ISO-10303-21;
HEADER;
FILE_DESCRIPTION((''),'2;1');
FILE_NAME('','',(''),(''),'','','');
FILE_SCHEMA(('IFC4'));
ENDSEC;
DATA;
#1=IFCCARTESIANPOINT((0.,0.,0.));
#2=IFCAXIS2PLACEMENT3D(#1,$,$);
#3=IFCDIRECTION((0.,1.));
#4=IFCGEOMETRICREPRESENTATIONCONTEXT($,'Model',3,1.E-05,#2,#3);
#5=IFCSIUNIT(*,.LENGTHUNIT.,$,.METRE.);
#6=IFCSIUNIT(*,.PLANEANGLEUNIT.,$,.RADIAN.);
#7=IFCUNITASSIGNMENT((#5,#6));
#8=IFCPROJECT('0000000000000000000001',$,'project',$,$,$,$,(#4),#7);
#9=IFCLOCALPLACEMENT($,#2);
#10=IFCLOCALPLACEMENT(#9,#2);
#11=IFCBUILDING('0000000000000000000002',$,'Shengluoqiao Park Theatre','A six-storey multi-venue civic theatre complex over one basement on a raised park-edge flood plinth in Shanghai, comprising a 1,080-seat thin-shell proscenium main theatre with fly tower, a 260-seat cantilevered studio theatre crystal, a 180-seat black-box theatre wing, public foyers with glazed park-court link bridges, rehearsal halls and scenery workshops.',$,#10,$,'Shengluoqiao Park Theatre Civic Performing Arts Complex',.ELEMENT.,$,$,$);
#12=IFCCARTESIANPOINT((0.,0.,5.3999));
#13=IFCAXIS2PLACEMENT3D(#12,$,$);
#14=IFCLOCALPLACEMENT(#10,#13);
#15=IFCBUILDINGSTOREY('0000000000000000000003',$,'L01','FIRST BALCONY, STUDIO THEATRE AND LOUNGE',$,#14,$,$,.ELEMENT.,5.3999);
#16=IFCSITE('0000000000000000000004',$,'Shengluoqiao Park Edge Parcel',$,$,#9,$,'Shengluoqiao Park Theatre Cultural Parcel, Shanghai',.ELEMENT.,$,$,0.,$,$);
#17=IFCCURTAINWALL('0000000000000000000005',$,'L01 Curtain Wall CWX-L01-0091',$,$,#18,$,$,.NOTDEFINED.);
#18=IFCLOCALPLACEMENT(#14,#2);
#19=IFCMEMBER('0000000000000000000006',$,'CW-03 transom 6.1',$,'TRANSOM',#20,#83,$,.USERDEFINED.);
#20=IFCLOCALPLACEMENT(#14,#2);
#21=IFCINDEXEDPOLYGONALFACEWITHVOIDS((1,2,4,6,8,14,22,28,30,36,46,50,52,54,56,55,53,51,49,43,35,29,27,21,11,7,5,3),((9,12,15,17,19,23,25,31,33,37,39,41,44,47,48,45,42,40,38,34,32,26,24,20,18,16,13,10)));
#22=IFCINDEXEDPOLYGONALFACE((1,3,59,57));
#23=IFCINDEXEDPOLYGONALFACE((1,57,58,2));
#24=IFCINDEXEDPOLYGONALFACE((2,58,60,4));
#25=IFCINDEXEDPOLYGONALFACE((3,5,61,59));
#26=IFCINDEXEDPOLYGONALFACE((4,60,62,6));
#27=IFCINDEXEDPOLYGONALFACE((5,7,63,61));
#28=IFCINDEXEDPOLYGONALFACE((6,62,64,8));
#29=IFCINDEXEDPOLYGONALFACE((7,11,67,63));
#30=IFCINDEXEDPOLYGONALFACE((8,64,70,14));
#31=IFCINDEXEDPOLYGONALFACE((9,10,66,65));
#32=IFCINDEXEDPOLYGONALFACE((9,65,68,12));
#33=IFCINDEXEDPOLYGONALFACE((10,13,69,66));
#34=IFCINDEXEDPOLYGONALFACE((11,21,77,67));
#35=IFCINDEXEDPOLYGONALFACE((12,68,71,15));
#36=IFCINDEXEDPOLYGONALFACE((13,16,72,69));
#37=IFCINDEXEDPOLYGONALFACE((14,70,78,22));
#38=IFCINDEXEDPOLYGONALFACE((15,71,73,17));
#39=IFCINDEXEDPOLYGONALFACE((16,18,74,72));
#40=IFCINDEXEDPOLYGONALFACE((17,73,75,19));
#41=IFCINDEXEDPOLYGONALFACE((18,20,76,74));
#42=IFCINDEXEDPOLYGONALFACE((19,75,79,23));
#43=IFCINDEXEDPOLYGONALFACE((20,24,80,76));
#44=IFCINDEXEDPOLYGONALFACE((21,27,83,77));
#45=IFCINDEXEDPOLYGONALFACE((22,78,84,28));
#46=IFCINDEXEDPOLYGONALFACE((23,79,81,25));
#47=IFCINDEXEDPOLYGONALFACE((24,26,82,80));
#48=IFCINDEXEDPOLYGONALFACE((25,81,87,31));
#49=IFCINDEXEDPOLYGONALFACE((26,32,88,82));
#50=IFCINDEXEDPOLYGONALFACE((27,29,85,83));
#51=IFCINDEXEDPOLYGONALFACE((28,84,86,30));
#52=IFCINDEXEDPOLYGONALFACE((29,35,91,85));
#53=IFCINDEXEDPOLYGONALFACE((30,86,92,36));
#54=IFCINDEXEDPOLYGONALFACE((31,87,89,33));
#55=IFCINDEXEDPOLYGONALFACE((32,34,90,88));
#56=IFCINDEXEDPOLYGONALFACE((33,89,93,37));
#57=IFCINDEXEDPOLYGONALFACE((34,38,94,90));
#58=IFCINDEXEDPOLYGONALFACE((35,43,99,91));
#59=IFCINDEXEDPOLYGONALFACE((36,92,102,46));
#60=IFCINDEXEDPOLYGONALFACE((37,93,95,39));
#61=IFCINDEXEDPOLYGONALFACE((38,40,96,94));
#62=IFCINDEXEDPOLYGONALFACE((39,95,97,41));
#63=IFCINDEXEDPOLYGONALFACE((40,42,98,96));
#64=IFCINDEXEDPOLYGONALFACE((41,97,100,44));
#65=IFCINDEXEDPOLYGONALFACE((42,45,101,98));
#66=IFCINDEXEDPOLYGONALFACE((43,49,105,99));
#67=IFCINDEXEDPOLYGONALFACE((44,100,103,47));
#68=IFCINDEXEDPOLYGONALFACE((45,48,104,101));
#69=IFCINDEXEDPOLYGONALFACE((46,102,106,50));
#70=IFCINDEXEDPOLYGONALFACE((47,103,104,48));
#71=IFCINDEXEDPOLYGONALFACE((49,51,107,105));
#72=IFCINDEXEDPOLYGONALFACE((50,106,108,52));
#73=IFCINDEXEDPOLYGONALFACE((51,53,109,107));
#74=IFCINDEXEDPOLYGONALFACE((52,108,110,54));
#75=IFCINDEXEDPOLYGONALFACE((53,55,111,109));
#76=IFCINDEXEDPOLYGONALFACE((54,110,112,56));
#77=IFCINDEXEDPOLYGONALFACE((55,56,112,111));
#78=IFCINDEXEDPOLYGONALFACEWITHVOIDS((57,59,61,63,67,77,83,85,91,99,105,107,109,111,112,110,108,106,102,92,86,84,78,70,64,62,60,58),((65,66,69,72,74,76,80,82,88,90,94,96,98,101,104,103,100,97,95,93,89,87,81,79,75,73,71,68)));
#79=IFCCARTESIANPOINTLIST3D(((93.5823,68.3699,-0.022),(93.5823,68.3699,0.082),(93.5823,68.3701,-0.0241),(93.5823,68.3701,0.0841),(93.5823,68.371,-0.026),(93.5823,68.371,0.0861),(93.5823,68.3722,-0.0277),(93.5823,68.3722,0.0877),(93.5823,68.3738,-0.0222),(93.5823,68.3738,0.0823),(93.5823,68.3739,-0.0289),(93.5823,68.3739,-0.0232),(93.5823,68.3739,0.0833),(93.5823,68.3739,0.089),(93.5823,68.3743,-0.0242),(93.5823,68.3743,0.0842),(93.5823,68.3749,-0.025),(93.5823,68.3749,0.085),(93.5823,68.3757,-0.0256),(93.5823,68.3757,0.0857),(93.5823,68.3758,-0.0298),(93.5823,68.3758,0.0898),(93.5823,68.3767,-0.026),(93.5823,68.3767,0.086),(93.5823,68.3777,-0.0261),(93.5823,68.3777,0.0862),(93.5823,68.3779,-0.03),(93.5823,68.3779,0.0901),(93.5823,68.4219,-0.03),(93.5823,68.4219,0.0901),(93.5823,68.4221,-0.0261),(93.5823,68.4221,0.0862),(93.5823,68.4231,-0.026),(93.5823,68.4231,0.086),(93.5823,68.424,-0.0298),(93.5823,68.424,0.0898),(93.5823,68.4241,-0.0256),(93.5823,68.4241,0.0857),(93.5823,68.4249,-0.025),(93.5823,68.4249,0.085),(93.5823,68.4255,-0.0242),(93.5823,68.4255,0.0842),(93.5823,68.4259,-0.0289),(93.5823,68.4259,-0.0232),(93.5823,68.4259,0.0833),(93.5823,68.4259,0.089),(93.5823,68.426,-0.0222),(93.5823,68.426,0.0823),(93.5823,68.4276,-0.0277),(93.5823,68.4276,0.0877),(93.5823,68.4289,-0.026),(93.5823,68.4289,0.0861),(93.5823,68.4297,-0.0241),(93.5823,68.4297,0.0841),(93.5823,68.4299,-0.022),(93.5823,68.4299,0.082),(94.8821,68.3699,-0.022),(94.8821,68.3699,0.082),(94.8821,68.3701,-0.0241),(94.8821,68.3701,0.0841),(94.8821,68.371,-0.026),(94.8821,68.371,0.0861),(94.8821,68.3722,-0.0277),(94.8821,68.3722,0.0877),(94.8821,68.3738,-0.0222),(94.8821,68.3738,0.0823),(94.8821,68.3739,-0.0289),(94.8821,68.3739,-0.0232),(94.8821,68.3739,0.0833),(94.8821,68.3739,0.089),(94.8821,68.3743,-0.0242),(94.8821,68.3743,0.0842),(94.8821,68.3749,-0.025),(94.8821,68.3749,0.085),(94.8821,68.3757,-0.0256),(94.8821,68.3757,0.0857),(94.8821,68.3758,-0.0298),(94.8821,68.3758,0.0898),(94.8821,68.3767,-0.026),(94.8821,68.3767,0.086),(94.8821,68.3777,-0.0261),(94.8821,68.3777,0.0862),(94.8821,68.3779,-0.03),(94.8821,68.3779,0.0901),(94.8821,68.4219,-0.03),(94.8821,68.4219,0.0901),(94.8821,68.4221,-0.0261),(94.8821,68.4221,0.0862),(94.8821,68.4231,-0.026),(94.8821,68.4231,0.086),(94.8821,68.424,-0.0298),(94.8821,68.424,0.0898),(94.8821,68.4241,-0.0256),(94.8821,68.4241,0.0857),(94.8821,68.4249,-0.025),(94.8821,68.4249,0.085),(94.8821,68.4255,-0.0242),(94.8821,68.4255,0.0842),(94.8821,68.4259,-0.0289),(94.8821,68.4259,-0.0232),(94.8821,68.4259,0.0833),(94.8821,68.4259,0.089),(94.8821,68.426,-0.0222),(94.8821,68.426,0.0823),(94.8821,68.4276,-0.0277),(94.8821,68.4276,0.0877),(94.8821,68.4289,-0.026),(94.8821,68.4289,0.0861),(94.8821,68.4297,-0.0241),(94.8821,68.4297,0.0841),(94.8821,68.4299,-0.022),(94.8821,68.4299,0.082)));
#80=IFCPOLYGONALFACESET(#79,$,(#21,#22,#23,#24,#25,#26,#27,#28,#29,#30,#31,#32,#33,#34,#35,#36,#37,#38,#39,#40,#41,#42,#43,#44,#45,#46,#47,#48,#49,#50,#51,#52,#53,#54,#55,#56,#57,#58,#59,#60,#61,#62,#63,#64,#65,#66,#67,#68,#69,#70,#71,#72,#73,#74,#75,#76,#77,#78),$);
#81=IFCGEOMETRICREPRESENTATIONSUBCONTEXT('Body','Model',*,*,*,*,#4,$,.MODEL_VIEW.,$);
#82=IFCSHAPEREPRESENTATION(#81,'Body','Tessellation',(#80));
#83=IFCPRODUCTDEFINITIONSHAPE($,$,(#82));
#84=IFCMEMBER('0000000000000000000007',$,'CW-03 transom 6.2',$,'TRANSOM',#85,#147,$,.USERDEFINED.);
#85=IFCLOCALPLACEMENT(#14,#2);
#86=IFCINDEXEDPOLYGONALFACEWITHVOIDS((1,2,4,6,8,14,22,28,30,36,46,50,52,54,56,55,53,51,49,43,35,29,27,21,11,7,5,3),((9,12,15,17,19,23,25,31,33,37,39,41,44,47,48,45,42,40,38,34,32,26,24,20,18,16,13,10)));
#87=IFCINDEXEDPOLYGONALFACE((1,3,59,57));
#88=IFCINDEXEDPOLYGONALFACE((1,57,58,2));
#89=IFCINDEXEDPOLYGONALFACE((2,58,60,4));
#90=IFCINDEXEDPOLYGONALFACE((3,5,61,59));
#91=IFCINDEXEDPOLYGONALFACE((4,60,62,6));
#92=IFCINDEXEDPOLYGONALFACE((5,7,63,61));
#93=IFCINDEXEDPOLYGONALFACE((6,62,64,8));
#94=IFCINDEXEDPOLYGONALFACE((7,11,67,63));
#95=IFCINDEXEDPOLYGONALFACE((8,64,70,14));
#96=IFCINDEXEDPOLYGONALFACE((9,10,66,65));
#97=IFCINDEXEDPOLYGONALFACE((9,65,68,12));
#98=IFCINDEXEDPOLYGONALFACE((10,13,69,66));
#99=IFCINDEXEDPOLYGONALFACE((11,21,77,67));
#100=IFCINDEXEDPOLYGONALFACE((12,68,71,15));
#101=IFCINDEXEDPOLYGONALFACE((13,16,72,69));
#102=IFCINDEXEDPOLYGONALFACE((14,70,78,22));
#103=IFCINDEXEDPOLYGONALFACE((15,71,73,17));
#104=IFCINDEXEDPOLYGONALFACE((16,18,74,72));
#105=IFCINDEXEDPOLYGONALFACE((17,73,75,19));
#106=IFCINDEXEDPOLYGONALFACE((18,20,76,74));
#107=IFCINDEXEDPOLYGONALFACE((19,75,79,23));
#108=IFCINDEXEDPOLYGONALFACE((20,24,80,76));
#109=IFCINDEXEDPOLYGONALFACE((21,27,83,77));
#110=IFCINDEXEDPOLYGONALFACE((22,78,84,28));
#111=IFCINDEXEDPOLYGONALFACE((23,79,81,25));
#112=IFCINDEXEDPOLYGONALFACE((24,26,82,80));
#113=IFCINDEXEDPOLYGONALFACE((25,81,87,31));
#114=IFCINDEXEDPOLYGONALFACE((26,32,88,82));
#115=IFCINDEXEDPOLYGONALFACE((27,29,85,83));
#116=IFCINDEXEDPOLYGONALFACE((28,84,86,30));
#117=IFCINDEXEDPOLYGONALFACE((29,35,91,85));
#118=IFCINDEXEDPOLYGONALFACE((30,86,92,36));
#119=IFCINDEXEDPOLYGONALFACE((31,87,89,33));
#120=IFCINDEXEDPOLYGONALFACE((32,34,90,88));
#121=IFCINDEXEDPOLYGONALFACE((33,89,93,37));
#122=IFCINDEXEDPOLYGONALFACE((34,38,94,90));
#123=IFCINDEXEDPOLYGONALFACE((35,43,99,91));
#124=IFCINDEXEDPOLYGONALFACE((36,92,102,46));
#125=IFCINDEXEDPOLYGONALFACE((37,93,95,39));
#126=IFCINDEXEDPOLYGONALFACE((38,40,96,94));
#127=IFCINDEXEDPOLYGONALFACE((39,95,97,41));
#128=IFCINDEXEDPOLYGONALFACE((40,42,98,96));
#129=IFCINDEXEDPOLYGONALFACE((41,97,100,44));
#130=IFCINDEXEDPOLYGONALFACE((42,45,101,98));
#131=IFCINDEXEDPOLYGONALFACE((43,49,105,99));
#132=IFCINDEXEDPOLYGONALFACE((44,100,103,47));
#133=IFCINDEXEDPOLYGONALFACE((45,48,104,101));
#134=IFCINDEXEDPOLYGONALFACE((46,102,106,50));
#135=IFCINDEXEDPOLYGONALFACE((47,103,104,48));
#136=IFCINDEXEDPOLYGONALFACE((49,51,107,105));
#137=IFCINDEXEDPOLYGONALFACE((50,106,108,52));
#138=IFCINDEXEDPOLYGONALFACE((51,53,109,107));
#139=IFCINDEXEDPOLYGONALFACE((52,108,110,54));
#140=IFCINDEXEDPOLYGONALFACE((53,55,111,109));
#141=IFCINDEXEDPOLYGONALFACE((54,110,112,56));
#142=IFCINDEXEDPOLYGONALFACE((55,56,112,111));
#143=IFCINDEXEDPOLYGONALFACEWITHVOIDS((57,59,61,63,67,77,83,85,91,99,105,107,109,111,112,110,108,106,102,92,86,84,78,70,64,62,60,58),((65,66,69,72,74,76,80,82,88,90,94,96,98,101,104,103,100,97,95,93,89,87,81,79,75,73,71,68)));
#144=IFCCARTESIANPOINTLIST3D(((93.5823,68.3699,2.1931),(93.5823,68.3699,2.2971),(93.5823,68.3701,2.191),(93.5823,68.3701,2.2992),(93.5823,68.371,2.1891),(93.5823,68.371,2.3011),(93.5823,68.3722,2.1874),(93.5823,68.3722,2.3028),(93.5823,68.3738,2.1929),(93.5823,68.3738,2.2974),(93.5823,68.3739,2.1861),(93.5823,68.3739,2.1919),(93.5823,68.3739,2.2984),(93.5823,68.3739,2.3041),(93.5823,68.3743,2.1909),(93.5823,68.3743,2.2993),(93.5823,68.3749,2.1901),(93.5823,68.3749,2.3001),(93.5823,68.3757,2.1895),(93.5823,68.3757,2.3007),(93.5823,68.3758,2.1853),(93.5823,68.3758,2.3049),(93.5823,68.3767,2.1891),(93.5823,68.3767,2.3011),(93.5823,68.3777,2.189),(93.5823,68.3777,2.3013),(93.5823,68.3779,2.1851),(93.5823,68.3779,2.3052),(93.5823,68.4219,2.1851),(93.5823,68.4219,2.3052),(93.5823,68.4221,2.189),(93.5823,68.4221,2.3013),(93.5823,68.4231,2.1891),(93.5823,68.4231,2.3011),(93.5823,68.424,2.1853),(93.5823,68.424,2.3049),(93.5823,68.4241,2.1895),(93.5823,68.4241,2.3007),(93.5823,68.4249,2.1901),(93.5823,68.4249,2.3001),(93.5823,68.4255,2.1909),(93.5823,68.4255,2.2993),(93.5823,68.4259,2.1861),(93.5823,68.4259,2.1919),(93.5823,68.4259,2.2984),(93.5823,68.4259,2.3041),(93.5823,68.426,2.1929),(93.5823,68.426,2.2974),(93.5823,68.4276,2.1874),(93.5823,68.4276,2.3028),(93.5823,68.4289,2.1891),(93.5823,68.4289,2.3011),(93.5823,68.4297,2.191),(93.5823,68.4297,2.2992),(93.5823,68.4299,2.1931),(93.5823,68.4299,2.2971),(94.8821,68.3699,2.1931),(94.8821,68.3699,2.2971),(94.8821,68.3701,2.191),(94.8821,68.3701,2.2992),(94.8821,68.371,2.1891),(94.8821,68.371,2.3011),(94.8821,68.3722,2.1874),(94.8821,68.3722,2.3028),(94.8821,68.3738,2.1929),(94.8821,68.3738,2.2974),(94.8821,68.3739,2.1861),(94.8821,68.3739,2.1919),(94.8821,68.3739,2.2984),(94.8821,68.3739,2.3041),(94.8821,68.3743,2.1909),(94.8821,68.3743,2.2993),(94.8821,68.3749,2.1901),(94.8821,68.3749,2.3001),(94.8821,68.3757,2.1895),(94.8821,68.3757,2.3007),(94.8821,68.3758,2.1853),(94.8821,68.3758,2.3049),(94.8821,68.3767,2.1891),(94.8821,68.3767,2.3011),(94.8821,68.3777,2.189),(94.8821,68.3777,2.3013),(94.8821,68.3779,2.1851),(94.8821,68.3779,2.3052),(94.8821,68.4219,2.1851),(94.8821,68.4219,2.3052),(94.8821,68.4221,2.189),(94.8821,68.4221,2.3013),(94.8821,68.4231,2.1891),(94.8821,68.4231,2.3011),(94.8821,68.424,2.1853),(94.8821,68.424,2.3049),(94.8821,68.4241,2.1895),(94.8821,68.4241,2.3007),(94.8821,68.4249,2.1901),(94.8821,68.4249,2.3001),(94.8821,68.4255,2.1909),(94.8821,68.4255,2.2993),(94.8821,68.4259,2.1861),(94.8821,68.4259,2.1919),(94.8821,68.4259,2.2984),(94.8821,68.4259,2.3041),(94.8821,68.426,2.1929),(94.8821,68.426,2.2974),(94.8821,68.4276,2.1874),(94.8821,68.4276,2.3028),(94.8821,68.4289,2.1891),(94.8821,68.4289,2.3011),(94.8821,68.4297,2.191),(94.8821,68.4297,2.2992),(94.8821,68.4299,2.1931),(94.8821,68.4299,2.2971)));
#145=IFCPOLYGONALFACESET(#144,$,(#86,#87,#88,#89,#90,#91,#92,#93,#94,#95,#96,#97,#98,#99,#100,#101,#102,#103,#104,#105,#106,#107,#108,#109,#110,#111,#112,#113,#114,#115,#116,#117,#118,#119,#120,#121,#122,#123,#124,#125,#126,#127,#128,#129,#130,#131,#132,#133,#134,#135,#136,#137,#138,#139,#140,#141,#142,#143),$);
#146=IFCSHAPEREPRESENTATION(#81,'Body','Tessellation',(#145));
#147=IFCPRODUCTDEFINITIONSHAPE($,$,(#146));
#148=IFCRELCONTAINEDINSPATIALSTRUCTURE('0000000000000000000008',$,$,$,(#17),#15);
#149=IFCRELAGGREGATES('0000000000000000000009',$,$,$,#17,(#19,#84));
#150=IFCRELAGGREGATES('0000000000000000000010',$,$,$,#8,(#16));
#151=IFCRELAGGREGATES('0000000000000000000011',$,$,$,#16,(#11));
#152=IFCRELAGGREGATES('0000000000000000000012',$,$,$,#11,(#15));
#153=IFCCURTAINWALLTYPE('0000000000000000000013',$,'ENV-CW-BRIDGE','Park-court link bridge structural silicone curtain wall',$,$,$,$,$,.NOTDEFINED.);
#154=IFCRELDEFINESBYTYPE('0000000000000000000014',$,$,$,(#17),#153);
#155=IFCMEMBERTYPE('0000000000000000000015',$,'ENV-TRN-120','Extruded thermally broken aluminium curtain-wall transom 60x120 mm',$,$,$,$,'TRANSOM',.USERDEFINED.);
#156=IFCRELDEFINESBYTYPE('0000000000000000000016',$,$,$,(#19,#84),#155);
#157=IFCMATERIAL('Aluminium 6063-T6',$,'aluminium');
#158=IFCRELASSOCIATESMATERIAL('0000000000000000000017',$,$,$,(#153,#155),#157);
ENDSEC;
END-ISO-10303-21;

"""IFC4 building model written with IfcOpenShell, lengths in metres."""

from ifc_helpers import new_model, si_unit, direction, frame, origin, origin_2d, place, context, subcontext, project, spatial, hollow_rectangle, extrude, material, material_profile, profile_set, type_object, element, aggregate, save


model = new_model("IFC4")

# Units and contexts
model_context = context("Model", 3, precision=1e-05, world=origin(), true_north=direction((0.0, 1.0)))
body_context = subcontext(model_context, "Body", "Model", "MODEL_VIEW")
ifc_project = project(units=[si_unit("LENGTHUNIT", "METRE"), si_unit("PLANEANGLEUNIT", "RADIAN")], contexts=[model_context])

# Site, building, storey
site_placement = place(None, origin())
site = spatial("IfcSite", under=ifc_project, at=site_placement, Name="Shengluoqiao Park Edge Parcel", LongName="Shengluoqiao Park Theatre Cultural Parcel, Shanghai", CompositionType="ELEMENT", RefElevation=0.0)
building_placement = place(site_placement, origin())
building = spatial("IfcBuilding", under=site, at=building_placement, Name="Shengluoqiao Park Theatre", Description="A six-storey multi-venue civic theatre complex over one basement on a raised park-edge flood plinth in Shanghai, comprising a 1,080-seat thin-shell proscenium main theatre with fly tower, a 260-seat cantilevered studio theatre crystal, a 180-seat black-box theatre wing, public foyers with glazed park-court link bridges, rehearsal halls and scenery workshops.", LongName="Shengluoqiao Park Theatre Civic Performing Arts Complex", CompositionType="ELEMENT")
storey_placement = place(building_placement, frame((0.0, 0.0, 5.3999)))
storey = spatial("IfcBuildingStorey", under=building, at=storey_placement, Name="L01", Description="FIRST BALCONY, STUDIO THEATRE AND LOUNGE", CompositionType="ELEMENT", Elevation=5.3999)

# Curtain wall
ifc_material_1 = material(Name="Aluminium 6063-T6", Category="aluminium")
curtain_wall_type = type_object("IfcCurtainWallType", Name="ENV-CW-BRIDGE", Description="Park-court link bridge structural silicone curtain wall", PredefinedType="NOTDEFINED", material=ifc_material_1)
curtain_wall_1_placement = place(storey_placement, origin())
curtain_wall_1 = element("IfcCurtainWall", 1, at=curtain_wall_1_placement, inside=storey, type_object=curtain_wall_type, Name="L01 Curtain Wall CWX-L01-0091", PredefinedType="NOTDEFINED")

# Members
ifc_material_profile_1 = material_profile(ifc_material_1, hollow_rectangle(XDim=0.0601, YDim=0.1201, WallThickness=0.0039, InnerFilletRadius=0.0039, OuterFilletRadius=0.0081, at=origin_2d()), Name="ALU TRANSOM 120x60x4")
ifc_profile_set_1 = profile_set([ifc_material_profile_1], Name="Aluminium 6063-T6")
member_type_1 = type_object("IfcMemberType", Name="ENV-TRN-120", Description="Extruded thermally broken aluminium curtain-wall transom 60x120 mm", ElementType="TRANSOM", PredefinedType="USERDEFINED", material=ifc_profile_set_1)
member_1_placement = place(storey_placement, frame((93.5823, 68.3999, 0.03), z_axis=(1.0, 0.0, 0.0), x_axis=(0.0, 1.0, 0.0)))
member_1 = element("IfcMember", 2, at=member_1_placement, type_object=member_type_1, Name="CW-03 transom 6.1", ObjectType="TRANSOM", PredefinedType="USERDEFINED", context=body_context, shape_type="SweptSolid", body=[
    extrude(hollow_rectangle(XDim=0.0601, YDim=0.1201, WallThickness=0.0039, InnerFilletRadius=0.0039, OuterFilletRadius=0.0081, at=origin_2d()), origin(), (0.0, 0.0, 1.0), 1.2998),
])
member_2_placement = place(storey_placement, frame((93.5823, 68.3999, 2.2451), z_axis=(1.0, 0.0, 0.0), x_axis=(0.0, 1.0, 0.0)))
member_2 = element("IfcMember", 3, at=member_2_placement, type_object=member_type_1, Name="CW-03 transom 6.2", ObjectType="TRANSOM", PredefinedType="USERDEFINED", context=body_context, shape_type="SweptSolid", body=[
    extrude(hollow_rectangle(XDim=0.0601, YDim=0.1201, WallThickness=0.0039, InnerFilletRadius=0.0039, OuterFilletRadius=0.0081, at=origin_2d()), origin(), (0.0, 0.0, 1.0), 1.2998),
])

aggregate(curtain_wall_1, [member_1, member_2])

save(model, "model.ifc")
